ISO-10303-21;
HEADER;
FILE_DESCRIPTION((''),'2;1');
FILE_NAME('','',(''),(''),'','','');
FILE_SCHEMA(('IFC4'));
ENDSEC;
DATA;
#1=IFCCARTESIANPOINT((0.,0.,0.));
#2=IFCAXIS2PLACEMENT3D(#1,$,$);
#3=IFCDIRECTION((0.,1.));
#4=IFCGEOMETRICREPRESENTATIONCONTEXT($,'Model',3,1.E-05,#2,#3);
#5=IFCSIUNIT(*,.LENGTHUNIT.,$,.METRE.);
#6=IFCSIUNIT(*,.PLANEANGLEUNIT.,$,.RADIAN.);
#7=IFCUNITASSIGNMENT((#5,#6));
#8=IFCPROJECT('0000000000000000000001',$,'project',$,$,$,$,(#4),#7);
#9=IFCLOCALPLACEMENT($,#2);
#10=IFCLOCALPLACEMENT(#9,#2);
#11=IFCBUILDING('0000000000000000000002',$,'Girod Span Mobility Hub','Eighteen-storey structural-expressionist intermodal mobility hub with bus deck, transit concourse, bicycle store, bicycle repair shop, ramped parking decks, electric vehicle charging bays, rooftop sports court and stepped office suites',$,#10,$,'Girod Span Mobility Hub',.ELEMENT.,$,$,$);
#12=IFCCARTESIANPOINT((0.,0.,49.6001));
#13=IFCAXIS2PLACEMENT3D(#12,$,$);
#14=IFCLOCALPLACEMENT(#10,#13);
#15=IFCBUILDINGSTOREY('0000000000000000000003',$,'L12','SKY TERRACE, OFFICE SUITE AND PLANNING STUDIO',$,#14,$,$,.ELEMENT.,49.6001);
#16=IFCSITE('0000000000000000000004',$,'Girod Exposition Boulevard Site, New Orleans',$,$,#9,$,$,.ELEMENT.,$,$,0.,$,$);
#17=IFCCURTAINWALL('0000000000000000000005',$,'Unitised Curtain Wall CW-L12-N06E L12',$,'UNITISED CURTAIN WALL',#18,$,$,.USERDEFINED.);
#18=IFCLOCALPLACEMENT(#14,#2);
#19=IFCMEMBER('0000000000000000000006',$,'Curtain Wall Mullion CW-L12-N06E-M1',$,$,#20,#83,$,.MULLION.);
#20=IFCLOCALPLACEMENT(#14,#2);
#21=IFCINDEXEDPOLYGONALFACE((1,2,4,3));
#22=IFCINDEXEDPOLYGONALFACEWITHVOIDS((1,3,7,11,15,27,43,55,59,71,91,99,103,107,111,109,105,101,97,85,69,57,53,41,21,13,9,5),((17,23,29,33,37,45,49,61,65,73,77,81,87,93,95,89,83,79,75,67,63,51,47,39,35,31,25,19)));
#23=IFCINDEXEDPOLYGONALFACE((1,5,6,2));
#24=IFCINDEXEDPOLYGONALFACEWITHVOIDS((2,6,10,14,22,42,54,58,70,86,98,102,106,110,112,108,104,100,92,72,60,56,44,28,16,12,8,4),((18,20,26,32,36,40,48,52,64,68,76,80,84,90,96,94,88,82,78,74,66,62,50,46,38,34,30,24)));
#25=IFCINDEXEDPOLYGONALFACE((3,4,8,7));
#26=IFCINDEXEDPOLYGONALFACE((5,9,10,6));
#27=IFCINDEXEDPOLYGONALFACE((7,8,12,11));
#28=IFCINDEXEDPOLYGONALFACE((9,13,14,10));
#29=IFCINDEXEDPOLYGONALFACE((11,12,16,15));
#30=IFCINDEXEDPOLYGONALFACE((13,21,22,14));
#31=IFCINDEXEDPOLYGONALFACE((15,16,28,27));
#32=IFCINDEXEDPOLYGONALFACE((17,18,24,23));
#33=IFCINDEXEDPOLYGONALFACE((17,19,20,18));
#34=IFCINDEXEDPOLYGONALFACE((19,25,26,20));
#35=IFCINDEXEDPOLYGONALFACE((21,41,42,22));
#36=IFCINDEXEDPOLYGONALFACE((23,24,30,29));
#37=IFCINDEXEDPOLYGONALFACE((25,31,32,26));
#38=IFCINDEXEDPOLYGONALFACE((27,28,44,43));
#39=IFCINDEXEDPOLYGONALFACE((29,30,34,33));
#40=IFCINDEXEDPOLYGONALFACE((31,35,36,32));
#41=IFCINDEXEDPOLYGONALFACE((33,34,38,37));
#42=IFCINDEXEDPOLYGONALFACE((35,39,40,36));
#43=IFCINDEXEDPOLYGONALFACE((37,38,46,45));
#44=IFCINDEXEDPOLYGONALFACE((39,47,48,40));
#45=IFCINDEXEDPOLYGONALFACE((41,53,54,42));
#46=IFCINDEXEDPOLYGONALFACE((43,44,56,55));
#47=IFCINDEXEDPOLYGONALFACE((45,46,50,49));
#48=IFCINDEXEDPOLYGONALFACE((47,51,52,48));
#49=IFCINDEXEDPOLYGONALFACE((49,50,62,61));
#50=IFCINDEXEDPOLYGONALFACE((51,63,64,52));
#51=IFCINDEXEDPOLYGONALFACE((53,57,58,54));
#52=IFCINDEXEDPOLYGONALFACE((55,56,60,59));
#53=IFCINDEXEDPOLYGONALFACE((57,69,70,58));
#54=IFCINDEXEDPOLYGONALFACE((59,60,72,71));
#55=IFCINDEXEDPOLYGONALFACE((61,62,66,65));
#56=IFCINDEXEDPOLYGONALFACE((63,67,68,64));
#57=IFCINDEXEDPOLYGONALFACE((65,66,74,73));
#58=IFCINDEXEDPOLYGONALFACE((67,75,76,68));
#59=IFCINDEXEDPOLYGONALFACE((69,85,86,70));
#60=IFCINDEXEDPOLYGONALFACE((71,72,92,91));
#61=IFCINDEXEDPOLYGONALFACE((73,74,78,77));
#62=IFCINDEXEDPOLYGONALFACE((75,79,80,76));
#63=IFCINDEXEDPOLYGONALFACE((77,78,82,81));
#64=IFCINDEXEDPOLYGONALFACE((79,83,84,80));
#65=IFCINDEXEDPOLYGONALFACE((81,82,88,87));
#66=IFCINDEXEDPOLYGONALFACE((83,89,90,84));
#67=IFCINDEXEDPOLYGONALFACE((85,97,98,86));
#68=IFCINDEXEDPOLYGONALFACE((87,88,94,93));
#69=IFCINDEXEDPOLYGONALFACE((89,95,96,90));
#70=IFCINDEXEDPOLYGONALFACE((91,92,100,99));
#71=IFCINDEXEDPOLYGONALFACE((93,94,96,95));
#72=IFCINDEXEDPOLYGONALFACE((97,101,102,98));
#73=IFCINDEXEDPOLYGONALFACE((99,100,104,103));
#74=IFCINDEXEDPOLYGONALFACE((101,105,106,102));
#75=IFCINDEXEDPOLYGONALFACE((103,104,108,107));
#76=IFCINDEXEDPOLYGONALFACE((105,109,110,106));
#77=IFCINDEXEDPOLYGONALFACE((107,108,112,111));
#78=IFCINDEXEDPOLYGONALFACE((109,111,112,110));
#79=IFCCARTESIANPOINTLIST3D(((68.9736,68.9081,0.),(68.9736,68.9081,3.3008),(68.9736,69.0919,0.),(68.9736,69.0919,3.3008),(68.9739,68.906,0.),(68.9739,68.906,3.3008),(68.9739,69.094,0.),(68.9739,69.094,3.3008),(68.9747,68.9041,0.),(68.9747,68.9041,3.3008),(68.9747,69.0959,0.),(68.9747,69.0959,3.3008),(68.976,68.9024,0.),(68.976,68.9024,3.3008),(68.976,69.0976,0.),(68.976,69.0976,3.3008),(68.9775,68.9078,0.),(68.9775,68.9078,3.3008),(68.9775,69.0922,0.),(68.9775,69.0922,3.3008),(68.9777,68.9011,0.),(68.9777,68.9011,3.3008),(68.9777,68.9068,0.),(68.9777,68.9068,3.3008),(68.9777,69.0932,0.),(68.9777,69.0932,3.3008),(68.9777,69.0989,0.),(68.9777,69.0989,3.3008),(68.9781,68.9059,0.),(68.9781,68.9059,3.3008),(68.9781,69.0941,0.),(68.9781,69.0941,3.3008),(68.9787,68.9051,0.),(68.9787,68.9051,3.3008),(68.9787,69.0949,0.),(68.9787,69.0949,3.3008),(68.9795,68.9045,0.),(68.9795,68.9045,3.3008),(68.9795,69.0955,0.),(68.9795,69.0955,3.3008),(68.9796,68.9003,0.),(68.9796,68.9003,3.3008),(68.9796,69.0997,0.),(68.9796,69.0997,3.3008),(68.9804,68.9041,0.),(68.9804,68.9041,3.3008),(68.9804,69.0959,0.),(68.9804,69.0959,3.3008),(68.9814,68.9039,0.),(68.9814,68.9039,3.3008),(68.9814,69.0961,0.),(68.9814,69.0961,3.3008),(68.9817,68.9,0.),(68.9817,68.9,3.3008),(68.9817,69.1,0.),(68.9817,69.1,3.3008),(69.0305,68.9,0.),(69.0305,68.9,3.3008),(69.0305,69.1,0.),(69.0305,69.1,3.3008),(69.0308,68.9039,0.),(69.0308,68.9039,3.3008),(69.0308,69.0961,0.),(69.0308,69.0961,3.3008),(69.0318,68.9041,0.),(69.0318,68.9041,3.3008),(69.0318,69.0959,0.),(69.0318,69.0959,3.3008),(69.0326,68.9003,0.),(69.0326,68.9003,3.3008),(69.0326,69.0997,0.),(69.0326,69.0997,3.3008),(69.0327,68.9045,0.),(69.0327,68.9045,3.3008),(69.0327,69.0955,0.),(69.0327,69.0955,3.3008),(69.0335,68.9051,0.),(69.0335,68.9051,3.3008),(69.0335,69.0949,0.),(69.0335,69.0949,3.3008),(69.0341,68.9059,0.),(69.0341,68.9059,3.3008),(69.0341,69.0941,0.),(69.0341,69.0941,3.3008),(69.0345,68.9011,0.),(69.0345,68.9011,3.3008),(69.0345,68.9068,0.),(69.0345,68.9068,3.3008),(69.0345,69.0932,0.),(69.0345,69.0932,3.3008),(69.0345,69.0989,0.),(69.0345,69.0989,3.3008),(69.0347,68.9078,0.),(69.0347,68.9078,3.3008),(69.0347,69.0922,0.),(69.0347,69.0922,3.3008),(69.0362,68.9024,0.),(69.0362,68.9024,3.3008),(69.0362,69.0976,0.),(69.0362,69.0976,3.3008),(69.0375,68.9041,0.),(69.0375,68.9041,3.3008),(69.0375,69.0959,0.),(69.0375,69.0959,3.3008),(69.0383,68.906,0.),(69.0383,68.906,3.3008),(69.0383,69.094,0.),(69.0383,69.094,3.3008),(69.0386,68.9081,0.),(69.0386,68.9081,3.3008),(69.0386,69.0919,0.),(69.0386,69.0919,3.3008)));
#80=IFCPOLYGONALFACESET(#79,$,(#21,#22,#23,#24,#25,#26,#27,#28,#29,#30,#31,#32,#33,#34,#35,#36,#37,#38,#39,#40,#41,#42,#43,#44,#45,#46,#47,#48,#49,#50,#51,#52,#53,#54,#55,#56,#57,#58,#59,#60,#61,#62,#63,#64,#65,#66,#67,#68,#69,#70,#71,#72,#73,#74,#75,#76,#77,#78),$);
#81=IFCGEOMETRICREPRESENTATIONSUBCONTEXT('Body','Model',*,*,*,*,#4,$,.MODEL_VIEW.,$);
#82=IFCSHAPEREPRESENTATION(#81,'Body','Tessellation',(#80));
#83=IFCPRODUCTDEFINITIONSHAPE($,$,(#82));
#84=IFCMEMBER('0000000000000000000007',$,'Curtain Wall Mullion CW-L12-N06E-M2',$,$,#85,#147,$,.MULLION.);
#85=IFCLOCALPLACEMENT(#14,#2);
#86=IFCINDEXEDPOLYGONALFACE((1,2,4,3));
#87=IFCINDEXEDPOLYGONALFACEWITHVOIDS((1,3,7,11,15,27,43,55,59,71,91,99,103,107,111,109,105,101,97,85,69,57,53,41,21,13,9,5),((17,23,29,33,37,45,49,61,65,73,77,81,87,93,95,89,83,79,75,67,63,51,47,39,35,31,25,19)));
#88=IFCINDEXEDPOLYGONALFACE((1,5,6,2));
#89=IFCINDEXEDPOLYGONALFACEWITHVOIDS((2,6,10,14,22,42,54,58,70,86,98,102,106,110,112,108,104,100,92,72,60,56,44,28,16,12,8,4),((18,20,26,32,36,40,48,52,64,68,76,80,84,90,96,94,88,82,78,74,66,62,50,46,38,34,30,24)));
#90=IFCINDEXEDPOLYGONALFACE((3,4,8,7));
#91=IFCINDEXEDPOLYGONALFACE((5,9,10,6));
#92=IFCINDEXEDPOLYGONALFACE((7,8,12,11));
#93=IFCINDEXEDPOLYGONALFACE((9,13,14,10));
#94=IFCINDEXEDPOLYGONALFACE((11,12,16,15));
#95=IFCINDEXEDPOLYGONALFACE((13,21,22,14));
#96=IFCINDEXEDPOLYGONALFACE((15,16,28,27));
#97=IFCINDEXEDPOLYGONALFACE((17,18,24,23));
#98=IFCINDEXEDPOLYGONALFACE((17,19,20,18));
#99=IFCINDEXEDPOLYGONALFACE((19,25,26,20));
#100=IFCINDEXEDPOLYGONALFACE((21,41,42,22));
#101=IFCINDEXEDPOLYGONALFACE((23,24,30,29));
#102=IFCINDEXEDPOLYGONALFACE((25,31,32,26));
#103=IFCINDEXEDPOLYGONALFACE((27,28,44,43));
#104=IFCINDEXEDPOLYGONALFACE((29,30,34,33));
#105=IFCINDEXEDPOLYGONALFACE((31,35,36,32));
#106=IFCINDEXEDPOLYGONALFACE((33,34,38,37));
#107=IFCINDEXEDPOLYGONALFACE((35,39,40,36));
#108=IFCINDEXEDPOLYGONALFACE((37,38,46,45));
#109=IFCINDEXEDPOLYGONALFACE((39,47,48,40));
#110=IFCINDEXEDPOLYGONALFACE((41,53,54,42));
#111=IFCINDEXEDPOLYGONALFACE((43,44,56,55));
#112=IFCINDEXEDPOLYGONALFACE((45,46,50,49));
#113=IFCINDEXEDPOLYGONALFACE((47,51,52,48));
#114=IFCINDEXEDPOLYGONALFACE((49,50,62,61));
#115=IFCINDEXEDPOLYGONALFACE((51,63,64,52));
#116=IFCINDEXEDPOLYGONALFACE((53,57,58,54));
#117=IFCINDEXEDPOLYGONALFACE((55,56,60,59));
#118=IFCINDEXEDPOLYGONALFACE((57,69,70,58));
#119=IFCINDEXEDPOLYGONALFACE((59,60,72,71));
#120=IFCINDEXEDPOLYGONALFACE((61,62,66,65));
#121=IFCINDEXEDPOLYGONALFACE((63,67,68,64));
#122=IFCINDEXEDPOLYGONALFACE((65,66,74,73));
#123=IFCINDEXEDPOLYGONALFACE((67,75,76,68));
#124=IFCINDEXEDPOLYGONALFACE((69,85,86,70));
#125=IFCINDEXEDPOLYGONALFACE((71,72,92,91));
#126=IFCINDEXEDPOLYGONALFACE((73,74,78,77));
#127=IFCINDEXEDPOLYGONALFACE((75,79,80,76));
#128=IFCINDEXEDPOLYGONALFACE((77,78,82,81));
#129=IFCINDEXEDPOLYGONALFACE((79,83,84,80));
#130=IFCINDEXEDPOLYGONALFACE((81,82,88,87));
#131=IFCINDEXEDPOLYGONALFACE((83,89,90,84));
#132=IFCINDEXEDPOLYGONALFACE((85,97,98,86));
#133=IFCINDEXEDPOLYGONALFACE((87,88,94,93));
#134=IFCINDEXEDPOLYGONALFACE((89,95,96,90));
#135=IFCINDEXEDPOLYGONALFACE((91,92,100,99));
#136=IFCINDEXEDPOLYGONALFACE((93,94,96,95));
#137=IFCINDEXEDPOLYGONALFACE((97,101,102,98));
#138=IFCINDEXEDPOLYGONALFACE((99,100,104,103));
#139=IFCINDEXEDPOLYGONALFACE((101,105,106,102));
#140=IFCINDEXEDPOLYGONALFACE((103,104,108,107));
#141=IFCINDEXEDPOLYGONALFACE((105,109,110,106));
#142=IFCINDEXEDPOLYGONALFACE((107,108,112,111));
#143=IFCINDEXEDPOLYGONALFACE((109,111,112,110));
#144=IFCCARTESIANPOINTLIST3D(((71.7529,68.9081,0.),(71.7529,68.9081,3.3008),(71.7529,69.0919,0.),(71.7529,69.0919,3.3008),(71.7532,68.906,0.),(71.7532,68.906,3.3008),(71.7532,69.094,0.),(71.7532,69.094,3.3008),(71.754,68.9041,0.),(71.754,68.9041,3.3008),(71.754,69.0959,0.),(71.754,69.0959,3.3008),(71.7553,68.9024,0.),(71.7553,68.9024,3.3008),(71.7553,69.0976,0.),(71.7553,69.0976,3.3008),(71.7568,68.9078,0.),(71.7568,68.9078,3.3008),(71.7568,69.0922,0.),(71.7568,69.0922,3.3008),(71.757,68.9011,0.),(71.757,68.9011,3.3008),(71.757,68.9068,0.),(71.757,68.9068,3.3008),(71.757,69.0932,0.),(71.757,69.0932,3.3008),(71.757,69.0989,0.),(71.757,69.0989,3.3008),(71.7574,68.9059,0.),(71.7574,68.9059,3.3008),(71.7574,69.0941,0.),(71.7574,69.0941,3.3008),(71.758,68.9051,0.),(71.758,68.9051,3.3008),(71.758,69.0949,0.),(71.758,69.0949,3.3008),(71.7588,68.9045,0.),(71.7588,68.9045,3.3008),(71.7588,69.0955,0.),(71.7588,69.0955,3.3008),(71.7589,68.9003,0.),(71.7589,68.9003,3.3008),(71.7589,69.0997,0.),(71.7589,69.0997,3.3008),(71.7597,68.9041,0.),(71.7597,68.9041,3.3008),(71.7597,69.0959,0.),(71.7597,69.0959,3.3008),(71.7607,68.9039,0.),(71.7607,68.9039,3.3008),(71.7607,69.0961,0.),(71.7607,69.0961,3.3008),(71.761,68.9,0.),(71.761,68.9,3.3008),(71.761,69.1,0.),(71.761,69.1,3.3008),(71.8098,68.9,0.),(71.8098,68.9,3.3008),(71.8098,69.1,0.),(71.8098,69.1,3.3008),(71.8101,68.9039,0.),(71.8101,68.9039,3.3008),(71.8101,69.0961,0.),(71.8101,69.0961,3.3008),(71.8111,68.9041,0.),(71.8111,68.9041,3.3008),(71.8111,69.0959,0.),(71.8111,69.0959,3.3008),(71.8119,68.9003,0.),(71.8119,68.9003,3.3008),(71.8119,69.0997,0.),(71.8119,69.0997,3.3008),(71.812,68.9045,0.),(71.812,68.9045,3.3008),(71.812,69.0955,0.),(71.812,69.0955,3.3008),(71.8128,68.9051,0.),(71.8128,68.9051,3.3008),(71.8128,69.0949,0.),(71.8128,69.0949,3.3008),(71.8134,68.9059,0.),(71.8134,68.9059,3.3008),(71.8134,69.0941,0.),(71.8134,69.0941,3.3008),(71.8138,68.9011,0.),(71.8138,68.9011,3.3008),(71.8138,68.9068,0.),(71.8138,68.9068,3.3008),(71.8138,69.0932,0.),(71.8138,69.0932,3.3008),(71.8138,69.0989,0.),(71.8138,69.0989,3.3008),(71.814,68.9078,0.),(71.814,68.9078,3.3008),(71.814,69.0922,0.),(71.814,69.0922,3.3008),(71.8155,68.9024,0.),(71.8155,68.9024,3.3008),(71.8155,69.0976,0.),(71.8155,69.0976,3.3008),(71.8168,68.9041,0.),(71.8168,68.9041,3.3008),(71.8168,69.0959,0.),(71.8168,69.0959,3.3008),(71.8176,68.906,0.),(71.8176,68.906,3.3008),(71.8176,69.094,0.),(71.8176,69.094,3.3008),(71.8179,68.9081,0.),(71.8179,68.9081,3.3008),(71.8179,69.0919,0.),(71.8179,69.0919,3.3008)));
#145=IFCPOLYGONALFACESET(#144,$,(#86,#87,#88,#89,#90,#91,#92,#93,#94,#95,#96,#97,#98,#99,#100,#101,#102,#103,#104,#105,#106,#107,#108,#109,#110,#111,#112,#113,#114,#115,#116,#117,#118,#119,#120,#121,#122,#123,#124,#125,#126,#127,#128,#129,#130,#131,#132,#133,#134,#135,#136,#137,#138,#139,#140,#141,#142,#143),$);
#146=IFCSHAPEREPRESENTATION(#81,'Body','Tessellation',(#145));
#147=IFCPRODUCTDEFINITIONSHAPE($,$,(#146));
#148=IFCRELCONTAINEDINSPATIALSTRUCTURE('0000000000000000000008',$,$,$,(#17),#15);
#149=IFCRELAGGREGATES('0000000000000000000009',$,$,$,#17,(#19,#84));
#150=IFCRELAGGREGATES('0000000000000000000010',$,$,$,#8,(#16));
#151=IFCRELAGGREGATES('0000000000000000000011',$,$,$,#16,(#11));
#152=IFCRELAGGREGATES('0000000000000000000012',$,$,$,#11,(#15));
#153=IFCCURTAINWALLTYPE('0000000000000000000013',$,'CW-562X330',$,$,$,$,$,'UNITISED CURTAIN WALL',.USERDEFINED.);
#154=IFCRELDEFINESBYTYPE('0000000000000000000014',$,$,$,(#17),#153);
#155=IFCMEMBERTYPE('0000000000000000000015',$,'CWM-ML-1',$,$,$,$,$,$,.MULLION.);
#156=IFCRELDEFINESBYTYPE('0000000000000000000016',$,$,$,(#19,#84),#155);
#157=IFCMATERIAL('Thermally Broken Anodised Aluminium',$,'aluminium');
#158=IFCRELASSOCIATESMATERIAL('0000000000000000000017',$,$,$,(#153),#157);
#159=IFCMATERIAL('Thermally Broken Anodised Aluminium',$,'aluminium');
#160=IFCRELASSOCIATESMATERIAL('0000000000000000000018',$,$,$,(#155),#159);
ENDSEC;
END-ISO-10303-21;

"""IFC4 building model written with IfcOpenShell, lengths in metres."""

from ifc_helpers import new_model, si_unit, direction, frame, origin, origin_2d, place, context, subcontext, project, spatial, hollow_rectangle, extrude, material, material_profile, profile_set, type_object, element, aggregate, save


model = new_model("IFC4")

# Units and contexts
model_context = context("Model", 3, precision=1e-05, world=origin(), true_north=direction((0.0, 1.0)))
body_context = subcontext(model_context, "Body", "Model", "MODEL_VIEW")
ifc_project = project(units=[si_unit("LENGTHUNIT", "METRE"), si_unit("PLANEANGLEUNIT", "RADIAN")], contexts=[model_context])

# Site, building, storey
site_placement = place(None, origin())
site = spatial("IfcSite", under=ifc_project, at=site_placement, Name="Girod Exposition Boulevard Site, New Orleans", CompositionType="ELEMENT", RefElevation=0.0)
building_placement = place(site_placement, origin())
building = spatial("IfcBuilding", under=site, at=building_placement, Name="Girod Span Mobility Hub", Description="Eighteen-storey structural-expressionist intermodal mobility hub with bus deck, transit concourse, bicycle store, bicycle repair shop, ramped parking decks, electric vehicle charging bays, rooftop sports court and stepped office suites", LongName="Girod Span Mobility Hub", CompositionType="ELEMENT")
storey_placement = place(building_placement, frame((0.0, 0.0, 49.6001)))
storey = spatial("IfcBuildingStorey", under=building, at=storey_placement, Name="L12", Description="SKY TERRACE, OFFICE SUITE AND PLANNING STUDIO", CompositionType="ELEMENT", Elevation=49.6001)

# Curtain wall, members
ifc_material_1 = material(Name="Thermally Broken Anodised Aluminium", Category="aluminium")
curtain_wall_type = type_object("IfcCurtainWallType", Name="CW-562X330", ElementType="UNITISED CURTAIN WALL", PredefinedType="USERDEFINED", material=ifc_material_1)
curtain_wall_1_placement = place(storey_placement, origin())
curtain_wall_1 = element("IfcCurtainWall", 1, at=curtain_wall_1_placement, inside=storey, type_object=curtain_wall_type, Name="Unitised Curtain Wall CW-L12-N06E L12", ObjectType="UNITISED CURTAIN WALL", PredefinedType="USERDEFINED")
ifc_material_2 = material(Name="Thermally Broken Anodised Aluminium", Category="aluminium")
ifc_material_profile_1 = material_profile(ifc_material_2, hollow_rectangle(XDim=0.2, YDim=0.0649, WallThickness=0.0039, InnerFilletRadius=0.0039, OuterFilletRadius=0.0081, at=origin_2d()), Name="CW-ML-65X200")
ifc_profile_set_1 = profile_set([ifc_material_profile_1], Name="Thermally Broken Anodised Aluminium")
member_type_1 = type_object("IfcMemberType", Name="CWM-ML-1", PredefinedType="MULLION", material=ifc_profile_set_1)
member_1_placement = place(storey_placement, frame((69.0061, 69.0, 0.0), z_axis=(0.0, 0.0, 1.0), x_axis=(0.0, 1.0, 0.0)))
member_1 = element("IfcMember", 2, at=member_1_placement, type_object=member_type_1, Name="Curtain Wall Mullion CW-L12-N06E-M1", PredefinedType="MULLION", context=body_context, shape_type="SweptSolid", body=[
    extrude(hollow_rectangle(XDim=0.2, YDim=0.0649, WallThickness=0.0039, InnerFilletRadius=0.0039, OuterFilletRadius=0.0081, at=origin_2d()), origin(), (0.0, 0.0, 1.0), 3.3008),
])
member_2_placement = place(storey_placement, frame((71.7854, 69.0, 0.0), z_axis=(0.0, 0.0, 1.0), x_axis=(0.0, 1.0, 0.0)))
member_2 = element("IfcMember", 3, at=member_2_placement, type_object=member_type_1, Name="Curtain Wall Mullion CW-L12-N06E-M2", PredefinedType="MULLION", context=body_context, shape_type="SweptSolid", body=[
    extrude(hollow_rectangle(XDim=0.2, YDim=0.0649, WallThickness=0.0039, InnerFilletRadius=0.0039, OuterFilletRadius=0.0081, at=origin_2d()), origin(), (0.0, 0.0, 1.0), 3.3008),
])

aggregate(curtain_wall_1, [member_1, member_2])

save(model, "model.ifc")
